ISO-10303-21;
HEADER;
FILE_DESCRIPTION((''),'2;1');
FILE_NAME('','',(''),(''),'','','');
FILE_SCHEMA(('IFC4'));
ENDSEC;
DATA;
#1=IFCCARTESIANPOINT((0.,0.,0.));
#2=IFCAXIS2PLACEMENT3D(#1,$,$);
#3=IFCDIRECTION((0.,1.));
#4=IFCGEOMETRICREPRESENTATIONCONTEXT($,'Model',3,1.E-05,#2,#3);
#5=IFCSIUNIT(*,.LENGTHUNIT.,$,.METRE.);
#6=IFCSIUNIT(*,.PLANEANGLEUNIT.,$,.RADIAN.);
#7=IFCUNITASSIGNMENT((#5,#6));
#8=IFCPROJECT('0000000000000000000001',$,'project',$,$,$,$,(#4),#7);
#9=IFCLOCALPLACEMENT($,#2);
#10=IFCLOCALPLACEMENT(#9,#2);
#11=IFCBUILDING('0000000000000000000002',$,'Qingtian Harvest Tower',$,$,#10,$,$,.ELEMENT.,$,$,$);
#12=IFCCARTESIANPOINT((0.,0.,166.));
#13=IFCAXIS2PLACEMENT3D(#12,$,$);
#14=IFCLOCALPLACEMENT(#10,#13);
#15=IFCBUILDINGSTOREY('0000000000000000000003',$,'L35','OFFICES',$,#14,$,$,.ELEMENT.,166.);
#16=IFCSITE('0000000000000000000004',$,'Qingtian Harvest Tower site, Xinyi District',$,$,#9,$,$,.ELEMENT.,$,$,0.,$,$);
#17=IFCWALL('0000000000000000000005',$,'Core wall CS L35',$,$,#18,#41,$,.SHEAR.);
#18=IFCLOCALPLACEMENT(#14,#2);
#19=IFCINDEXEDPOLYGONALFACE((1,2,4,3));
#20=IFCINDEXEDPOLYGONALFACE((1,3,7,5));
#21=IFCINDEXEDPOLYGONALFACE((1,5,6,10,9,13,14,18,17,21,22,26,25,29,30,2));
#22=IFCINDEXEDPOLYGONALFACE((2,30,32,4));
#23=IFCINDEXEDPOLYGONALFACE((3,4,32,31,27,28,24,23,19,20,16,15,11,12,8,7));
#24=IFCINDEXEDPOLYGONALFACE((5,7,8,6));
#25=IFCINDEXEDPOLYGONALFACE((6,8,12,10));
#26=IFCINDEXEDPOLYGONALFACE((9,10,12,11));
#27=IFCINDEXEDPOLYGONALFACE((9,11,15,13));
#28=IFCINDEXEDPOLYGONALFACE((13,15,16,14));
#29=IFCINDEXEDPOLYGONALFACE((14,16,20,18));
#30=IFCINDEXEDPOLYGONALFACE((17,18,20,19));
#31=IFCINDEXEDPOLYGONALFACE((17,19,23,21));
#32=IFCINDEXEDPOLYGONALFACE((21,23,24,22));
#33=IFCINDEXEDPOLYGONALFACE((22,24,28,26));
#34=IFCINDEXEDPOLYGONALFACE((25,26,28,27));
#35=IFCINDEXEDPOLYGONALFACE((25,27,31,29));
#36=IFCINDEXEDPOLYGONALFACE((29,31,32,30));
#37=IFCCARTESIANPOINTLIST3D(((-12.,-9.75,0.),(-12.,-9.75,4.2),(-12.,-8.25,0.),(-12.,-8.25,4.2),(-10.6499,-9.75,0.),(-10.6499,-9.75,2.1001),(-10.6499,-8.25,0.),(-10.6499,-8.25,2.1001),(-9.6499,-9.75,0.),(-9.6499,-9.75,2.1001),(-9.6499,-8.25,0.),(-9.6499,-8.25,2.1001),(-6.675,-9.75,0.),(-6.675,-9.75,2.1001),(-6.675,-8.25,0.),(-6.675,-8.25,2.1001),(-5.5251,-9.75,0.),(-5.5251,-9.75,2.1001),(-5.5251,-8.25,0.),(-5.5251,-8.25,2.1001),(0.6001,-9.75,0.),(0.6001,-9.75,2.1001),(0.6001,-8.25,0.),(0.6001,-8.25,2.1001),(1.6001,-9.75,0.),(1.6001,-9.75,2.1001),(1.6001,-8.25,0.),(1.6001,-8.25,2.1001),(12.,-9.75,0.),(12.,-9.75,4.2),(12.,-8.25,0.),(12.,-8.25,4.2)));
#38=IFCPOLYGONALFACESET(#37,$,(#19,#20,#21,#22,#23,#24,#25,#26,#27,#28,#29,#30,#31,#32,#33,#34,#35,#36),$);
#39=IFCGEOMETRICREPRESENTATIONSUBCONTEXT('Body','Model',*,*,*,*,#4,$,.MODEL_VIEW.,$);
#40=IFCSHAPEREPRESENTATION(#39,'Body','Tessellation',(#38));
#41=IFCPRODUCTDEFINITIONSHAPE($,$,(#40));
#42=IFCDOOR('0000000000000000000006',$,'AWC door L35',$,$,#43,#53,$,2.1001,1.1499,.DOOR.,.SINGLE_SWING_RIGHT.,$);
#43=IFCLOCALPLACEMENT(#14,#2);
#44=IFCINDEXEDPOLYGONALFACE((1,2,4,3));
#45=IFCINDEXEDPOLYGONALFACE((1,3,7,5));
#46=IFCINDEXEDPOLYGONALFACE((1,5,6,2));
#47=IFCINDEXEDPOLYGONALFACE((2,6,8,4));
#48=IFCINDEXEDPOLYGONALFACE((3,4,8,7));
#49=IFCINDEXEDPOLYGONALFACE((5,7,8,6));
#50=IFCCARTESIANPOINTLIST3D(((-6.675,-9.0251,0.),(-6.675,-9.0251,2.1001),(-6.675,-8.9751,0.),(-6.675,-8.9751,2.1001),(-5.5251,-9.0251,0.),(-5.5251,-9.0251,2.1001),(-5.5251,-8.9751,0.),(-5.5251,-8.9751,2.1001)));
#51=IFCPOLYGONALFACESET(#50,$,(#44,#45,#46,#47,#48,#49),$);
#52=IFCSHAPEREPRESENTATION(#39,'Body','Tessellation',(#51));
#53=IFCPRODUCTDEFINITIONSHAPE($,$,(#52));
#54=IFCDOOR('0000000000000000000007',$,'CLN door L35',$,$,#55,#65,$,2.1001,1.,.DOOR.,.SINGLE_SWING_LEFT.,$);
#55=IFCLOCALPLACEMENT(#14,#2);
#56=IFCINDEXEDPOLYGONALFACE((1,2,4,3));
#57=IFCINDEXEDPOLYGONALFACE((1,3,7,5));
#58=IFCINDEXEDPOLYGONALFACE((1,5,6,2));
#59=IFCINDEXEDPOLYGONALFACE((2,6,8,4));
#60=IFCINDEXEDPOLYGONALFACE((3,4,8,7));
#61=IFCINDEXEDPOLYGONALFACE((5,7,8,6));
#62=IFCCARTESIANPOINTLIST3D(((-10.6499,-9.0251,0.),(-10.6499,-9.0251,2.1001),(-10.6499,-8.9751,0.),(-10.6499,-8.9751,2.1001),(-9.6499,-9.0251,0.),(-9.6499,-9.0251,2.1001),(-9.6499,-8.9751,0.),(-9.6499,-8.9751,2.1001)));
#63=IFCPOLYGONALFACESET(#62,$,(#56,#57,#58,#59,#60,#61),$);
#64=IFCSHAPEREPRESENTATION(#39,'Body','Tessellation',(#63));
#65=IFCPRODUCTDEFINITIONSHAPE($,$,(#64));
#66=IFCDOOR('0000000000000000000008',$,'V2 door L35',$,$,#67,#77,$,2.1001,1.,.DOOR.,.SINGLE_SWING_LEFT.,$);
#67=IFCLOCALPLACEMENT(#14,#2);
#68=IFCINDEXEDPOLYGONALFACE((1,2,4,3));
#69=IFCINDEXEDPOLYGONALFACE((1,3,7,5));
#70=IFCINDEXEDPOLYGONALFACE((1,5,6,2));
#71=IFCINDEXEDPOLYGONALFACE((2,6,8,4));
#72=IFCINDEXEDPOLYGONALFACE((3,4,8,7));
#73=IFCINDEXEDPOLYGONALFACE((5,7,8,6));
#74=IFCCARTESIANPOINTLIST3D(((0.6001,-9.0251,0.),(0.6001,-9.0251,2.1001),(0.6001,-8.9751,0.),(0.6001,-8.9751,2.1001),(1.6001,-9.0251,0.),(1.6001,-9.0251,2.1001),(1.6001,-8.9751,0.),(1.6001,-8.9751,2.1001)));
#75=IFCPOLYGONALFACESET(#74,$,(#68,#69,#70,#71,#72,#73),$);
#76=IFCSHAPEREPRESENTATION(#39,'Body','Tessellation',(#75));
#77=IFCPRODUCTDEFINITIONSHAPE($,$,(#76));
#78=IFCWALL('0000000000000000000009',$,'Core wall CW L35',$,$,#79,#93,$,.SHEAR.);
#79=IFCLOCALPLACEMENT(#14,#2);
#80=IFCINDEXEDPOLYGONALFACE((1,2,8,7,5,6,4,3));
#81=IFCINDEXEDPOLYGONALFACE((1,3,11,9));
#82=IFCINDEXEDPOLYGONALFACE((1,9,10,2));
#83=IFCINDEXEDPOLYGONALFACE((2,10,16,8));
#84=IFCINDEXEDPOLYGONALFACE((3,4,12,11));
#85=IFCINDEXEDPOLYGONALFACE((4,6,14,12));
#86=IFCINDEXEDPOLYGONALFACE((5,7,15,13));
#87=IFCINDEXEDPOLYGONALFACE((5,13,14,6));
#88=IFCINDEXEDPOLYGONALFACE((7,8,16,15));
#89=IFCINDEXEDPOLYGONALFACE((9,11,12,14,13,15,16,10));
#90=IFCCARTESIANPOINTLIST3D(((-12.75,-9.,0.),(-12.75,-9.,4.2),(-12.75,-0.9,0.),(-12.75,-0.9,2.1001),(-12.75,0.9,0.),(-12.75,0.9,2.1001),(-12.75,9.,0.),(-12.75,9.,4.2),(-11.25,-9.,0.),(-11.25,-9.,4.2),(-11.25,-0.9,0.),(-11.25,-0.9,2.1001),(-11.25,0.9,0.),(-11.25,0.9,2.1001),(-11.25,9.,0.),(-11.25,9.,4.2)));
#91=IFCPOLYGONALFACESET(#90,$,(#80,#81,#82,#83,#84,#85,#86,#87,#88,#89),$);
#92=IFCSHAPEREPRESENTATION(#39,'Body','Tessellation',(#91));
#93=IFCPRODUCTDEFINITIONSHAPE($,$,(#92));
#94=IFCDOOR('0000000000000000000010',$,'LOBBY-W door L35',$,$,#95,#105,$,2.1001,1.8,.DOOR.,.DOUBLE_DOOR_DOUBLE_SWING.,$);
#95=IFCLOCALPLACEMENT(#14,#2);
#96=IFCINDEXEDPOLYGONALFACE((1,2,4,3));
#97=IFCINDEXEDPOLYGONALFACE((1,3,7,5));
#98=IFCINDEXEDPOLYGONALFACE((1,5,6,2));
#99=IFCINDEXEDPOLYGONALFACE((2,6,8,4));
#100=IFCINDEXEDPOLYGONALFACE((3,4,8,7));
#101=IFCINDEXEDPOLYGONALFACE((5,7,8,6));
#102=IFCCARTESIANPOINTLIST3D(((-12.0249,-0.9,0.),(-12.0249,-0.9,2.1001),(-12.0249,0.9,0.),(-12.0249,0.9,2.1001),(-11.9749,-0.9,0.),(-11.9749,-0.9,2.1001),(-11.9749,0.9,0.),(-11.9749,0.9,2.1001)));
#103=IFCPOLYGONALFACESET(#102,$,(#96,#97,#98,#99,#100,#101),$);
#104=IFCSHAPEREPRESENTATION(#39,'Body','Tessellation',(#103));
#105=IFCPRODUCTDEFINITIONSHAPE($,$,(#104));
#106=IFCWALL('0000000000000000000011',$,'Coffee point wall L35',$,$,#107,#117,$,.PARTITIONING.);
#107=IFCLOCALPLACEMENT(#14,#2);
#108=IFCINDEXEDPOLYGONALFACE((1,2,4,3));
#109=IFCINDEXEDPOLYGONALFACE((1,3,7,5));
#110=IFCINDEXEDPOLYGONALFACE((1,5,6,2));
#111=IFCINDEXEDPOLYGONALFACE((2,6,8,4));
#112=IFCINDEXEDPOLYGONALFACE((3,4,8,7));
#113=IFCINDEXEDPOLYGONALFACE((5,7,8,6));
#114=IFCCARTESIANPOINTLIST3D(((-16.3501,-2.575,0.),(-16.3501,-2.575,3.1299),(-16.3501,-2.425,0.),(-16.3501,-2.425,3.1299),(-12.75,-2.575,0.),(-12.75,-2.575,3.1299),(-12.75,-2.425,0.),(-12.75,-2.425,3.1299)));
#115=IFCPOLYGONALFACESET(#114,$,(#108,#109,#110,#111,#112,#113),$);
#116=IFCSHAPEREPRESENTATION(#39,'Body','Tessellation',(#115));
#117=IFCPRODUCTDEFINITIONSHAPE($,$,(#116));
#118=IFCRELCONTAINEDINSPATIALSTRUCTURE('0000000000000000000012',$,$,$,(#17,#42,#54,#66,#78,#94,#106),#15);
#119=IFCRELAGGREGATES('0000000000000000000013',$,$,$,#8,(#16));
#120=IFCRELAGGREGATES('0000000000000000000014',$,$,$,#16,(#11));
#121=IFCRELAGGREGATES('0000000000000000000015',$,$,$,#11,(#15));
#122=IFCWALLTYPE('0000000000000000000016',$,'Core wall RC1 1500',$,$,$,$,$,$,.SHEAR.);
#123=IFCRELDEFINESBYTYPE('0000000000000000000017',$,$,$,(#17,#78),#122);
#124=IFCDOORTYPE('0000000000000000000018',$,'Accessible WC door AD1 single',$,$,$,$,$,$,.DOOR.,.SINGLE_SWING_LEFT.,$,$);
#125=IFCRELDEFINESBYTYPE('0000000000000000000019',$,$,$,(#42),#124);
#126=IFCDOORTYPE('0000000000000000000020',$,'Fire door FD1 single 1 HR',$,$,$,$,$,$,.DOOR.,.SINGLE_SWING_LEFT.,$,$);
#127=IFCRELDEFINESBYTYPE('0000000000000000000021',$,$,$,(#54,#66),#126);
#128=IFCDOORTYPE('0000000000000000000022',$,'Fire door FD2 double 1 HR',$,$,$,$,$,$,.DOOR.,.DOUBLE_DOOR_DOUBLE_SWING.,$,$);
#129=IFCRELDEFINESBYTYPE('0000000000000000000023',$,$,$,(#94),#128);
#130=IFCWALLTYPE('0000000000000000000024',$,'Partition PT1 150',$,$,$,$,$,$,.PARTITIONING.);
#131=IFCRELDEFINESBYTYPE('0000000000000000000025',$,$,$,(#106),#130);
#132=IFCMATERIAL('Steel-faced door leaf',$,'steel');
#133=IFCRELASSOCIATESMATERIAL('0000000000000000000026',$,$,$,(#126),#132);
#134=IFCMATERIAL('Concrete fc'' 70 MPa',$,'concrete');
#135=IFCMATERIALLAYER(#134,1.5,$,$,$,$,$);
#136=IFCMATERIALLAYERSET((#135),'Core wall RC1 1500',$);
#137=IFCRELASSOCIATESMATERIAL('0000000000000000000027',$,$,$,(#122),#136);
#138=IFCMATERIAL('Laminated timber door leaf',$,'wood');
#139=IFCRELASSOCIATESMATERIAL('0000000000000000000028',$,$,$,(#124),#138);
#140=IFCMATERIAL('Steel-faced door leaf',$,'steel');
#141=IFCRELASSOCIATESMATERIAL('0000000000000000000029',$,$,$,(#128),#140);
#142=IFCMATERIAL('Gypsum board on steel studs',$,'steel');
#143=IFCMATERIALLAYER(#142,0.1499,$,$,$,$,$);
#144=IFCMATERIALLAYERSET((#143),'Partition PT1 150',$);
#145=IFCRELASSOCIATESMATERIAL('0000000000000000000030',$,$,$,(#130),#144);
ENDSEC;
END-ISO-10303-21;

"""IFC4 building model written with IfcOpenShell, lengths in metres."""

from ifc_helpers import new_model, si_unit, direction, frame, frame_2d, origin, place, context, subcontext, project, spatial, rectangle, extrude, material, layer, layer_set, type_object, element, fill, save


model = new_model("IFC4")

# Units and contexts
model_context = context("Model", 3, precision=1e-05, world=origin(), true_north=direction((0.0, 1.0)))
body_context = subcontext(model_context, "Body", "Model", "MODEL_VIEW")
ifc_project = project(units=[si_unit("LENGTHUNIT", "METRE"), si_unit("PLANEANGLEUNIT", "RADIAN")], contexts=[model_context])

# Site, building, storey
site_placement = place(None, origin())
site = spatial("IfcSite", under=ifc_project, at=site_placement, Name="Qingtian Harvest Tower site, Xinyi District", CompositionType="ELEMENT", RefElevation=0.0)
building_placement = place(site_placement, origin())
building = spatial("IfcBuilding", under=site, at=building_placement, Name="Qingtian Harvest Tower", CompositionType="ELEMENT")
storey_placement = place(building_placement, frame((0.0, 0.0, 166.0)))
storey = spatial("IfcBuildingStorey", under=building, at=storey_placement, Name="L35", Description="OFFICES", CompositionType="ELEMENT", Elevation=166.0)

# Shared definitions
ifc_material_1 = material(Name="Steel-faced door leaf", Category="steel")
door_type_1 = type_object("IfcDoorType", Name="Fire door FD1 single 1 HR", OperationType="SINGLE_SWING_LEFT", PredefinedType="DOOR", material=ifc_material_1)

# Wall, openings, doors
ifc_material_2 = material(Name="Concrete fc' 70 MPa", Category="concrete")
ifc_layer_1 = layer(ifc_material_2, 1.5)
ifc_layer_set_1 = layer_set([ifc_layer_1], Name="Core wall RC1 1500")
wall_type_1 = type_object("IfcWallType", Name="Core wall RC1 1500", PredefinedType="SHEAR", material=ifc_layer_set_1)
wall_1_placement = place(storey_placement, frame((-12.0, -9.0, 0.0), z_axis=(0.0, 0.0, 1.0), x_axis=(1.0, 0.0, 0.0)))
wall_1 = element("IfcWall", 1, at=wall_1_placement, inside=storey, type_object=wall_type_1, Name="Core wall CS L35", PredefinedType="SHEAR", context=body_context, shape_type="SweptSolid", body=[
    extrude(rectangle(XDim=24.0, YDim=1.5, at=frame_2d((12.0, 0.0))), origin(), (0.0, 0.0, 1.0), 4.2),
])
opening_1_placement = place(wall_1_placement, frame((1.3501, 0.0, 0.0)))
opening_1 = element("IfcOpeningElement", 2, at=opening_1_placement, cuts=wall_1, PredefinedType="OPENING", context=body_context, shape_type="SweptSolid", body=[
    extrude(rectangle(XDim=1.0, YDim=2.1001, at=frame_2d((0.5, 1.05))), frame((0.0, 0.76, 0.0), z_axis=(0.0, -1.0, 0.0), x_axis=(1.0, 0.0, 0.0)), (0.0, 0.0, 1.0), 1.52),
])
opening_2_placement = place(wall_1_placement, frame((5.325, 0.0, 0.0)))
opening_2 = element("IfcOpeningElement", 3, at=opening_2_placement, cuts=wall_1, PredefinedType="OPENING", context=body_context, shape_type="SweptSolid", body=[
    extrude(rectangle(XDim=1.1499, YDim=2.1001, at=frame_2d((0.575, 1.05))), frame((0.0, 0.76, 0.0), z_axis=(0.0, -1.0, 0.0), x_axis=(1.0, 0.0, 0.0)), (0.0, 0.0, 1.0), 1.52),
])
opening_3_placement = place(wall_1_placement, frame((12.6001, 0.0, 0.0)))
opening_3 = element("IfcOpeningElement", 4, at=opening_3_placement, cuts=wall_1, PredefinedType="OPENING", context=body_context, shape_type="SweptSolid", body=[
    extrude(rectangle(XDim=1.0, YDim=2.1001, at=frame_2d((0.5, 1.05))), frame((0.0, 0.76, 0.0), z_axis=(0.0, -1.0, 0.0), x_axis=(1.0, 0.0, 0.0)), (0.0, 0.0, 1.0), 1.52),
])
ifc_material_3 = material(Name="Laminated timber door leaf", Category="wood")
door_type_2 = type_object("IfcDoorType", Name="Accessible WC door AD1 single", OperationType="SINGLE_SWING_LEFT", PredefinedType="DOOR", material=ifc_material_3)
door_1_placement = place(opening_2_placement, origin())
door_1 = element("IfcDoor", 5, at=door_1_placement, inside=storey, type_object=door_type_2, Name="AWC door L35", OperationType="SINGLE_SWING_RIGHT", OverallHeight=2.1001, OverallWidth=1.1499, PredefinedType="DOOR", context=body_context, shape_type="SweptSolid", body=[
    extrude(rectangle(XDim=1.1499, YDim=2.1001, at=frame_2d((0.575, 1.05))), frame((0.0, 0.0249, 0.0), z_axis=(0.0, -1.0, 0.0), x_axis=(1.0, 0.0, 0.0)), (0.0, 0.0, 1.0), 0.05),
])
fill(opening_2, door_1)
door_2_placement = place(opening_1_placement, origin())
door_2 = element("IfcDoor", 6, at=door_2_placement, inside=storey, type_object=door_type_1, Name="CLN door L35", OperationType="SINGLE_SWING_LEFT", OverallHeight=2.1001, OverallWidth=1.0, PredefinedType="DOOR", context=body_context, shape_type="SweptSolid", body=[
    extrude(rectangle(XDim=1.0, YDim=2.1001, at=frame_2d((0.5, 1.05))), frame((0.0, 0.0249, 0.0), z_axis=(0.0, -1.0, 0.0), x_axis=(1.0, 0.0, 0.0)), (0.0, 0.0, 1.0), 0.05),
])
fill(opening_1, door_2)
door_3_placement = place(opening_3_placement, origin())
door_3 = element("IfcDoor", 7, at=door_3_placement, inside=storey, type_object=door_type_1, Name="V2 door L35", OperationType="SINGLE_SWING_LEFT", OverallHeight=2.1001, OverallWidth=1.0, PredefinedType="DOOR", context=body_context, shape_type="SweptSolid", body=[
    extrude(rectangle(XDim=1.0, YDim=2.1001, at=frame_2d((0.5, 1.05))), frame((0.0, 0.0249, 0.0), z_axis=(0.0, -1.0, 0.0), x_axis=(1.0, 0.0, 0.0)), (0.0, 0.0, 1.0), 0.05),
])
fill(opening_3, door_3)

# Wall, opening, door
wall_2_placement = place(storey_placement, frame((-12.0, -9.0, 0.0), z_axis=(0.0, 0.0, 1.0), x_axis=(0.0, 1.0, 0.0)))
wall_2 = element("IfcWall", 8, at=wall_2_placement, inside=storey, type_object=wall_type_1, Name="Core wall CW L35", PredefinedType="SHEAR", context=body_context, shape_type="SweptSolid", body=[
    extrude(rectangle(XDim=18.0, YDim=1.5, at=frame_2d((9.0, 0.0))), origin(), (0.0, 0.0, 1.0), 4.2),
])
opening_4_placement = place(wall_2_placement, frame((8.1001, 0.0, 0.0)))
opening_4 = element("IfcOpeningElement", 9, at=opening_4_placement, cuts=wall_2, PredefinedType="OPENING", context=body_context, shape_type="SweptSolid", body=[
    extrude(rectangle(XDim=1.8, YDim=2.1001, at=frame_2d((0.8999, 1.05))), frame((0.0, 0.76, 0.0), z_axis=(0.0, -1.0, 0.0), x_axis=(1.0, 0.0, 0.0)), (0.0, 0.0, 1.0), 1.52),
])
ifc_material_4 = material(Name="Steel-faced door leaf", Category="steel")
door_type_3 = type_object("IfcDoorType", Name="Fire door FD2 double 1 HR", OperationType="DOUBLE_DOOR_DOUBLE_SWING", PredefinedType="DOOR", material=ifc_material_4)
door_4_placement = place(opening_4_placement, origin())
door_4 = element("IfcDoor", 10, at=door_4_placement, inside=storey, type_object=door_type_3, Name="LOBBY-W door L35", OperationType="DOUBLE_DOOR_DOUBLE_SWING", OverallHeight=2.1001, OverallWidth=1.8, PredefinedType="DOOR", context=body_context, shape_type="SweptSolid", body=[
    extrude(rectangle(XDim=1.8, YDim=2.1001, at=frame_2d((0.8999, 1.05))), frame((0.0, 0.0249, 0.0), z_axis=(0.0, -1.0, 0.0), x_axis=(1.0, 0.0, 0.0)), (0.0, 0.0, 1.0), 0.05),
])
fill(opening_4, door_4)
ifc_material_5 = material(Name="Gypsum board on steel studs", Category="steel")
ifc_layer_2 = layer(ifc_material_5, 0.1499)
ifc_layer_set_2 = layer_set([ifc_layer_2], Name="Partition PT1 150")
wall_type_2 = type_object("IfcWallType", Name="Partition PT1 150", PredefinedType="PARTITIONING", material=ifc_layer_set_2)

# Wall
wall_3_placement = place(storey_placement, frame((-12.75, -2.5, 0.0), z_axis=(0.0, 0.0, 1.0), x_axis=(-1.0, 0.0, 0.0)))
element("IfcWall", 11, at=wall_3_placement, inside=storey, type_object=wall_type_2, Name="Coffee point wall L35", PredefinedType="PARTITIONING", context=body_context, shape_type="SweptSolid", body=[
    extrude(rectangle(XDim=3.6001, YDim=0.1499, at=frame_2d((1.8, 0.0))), origin(), (0.0, 0.0, 1.0), 3.1299),
])

save(model, "model.ifc")
